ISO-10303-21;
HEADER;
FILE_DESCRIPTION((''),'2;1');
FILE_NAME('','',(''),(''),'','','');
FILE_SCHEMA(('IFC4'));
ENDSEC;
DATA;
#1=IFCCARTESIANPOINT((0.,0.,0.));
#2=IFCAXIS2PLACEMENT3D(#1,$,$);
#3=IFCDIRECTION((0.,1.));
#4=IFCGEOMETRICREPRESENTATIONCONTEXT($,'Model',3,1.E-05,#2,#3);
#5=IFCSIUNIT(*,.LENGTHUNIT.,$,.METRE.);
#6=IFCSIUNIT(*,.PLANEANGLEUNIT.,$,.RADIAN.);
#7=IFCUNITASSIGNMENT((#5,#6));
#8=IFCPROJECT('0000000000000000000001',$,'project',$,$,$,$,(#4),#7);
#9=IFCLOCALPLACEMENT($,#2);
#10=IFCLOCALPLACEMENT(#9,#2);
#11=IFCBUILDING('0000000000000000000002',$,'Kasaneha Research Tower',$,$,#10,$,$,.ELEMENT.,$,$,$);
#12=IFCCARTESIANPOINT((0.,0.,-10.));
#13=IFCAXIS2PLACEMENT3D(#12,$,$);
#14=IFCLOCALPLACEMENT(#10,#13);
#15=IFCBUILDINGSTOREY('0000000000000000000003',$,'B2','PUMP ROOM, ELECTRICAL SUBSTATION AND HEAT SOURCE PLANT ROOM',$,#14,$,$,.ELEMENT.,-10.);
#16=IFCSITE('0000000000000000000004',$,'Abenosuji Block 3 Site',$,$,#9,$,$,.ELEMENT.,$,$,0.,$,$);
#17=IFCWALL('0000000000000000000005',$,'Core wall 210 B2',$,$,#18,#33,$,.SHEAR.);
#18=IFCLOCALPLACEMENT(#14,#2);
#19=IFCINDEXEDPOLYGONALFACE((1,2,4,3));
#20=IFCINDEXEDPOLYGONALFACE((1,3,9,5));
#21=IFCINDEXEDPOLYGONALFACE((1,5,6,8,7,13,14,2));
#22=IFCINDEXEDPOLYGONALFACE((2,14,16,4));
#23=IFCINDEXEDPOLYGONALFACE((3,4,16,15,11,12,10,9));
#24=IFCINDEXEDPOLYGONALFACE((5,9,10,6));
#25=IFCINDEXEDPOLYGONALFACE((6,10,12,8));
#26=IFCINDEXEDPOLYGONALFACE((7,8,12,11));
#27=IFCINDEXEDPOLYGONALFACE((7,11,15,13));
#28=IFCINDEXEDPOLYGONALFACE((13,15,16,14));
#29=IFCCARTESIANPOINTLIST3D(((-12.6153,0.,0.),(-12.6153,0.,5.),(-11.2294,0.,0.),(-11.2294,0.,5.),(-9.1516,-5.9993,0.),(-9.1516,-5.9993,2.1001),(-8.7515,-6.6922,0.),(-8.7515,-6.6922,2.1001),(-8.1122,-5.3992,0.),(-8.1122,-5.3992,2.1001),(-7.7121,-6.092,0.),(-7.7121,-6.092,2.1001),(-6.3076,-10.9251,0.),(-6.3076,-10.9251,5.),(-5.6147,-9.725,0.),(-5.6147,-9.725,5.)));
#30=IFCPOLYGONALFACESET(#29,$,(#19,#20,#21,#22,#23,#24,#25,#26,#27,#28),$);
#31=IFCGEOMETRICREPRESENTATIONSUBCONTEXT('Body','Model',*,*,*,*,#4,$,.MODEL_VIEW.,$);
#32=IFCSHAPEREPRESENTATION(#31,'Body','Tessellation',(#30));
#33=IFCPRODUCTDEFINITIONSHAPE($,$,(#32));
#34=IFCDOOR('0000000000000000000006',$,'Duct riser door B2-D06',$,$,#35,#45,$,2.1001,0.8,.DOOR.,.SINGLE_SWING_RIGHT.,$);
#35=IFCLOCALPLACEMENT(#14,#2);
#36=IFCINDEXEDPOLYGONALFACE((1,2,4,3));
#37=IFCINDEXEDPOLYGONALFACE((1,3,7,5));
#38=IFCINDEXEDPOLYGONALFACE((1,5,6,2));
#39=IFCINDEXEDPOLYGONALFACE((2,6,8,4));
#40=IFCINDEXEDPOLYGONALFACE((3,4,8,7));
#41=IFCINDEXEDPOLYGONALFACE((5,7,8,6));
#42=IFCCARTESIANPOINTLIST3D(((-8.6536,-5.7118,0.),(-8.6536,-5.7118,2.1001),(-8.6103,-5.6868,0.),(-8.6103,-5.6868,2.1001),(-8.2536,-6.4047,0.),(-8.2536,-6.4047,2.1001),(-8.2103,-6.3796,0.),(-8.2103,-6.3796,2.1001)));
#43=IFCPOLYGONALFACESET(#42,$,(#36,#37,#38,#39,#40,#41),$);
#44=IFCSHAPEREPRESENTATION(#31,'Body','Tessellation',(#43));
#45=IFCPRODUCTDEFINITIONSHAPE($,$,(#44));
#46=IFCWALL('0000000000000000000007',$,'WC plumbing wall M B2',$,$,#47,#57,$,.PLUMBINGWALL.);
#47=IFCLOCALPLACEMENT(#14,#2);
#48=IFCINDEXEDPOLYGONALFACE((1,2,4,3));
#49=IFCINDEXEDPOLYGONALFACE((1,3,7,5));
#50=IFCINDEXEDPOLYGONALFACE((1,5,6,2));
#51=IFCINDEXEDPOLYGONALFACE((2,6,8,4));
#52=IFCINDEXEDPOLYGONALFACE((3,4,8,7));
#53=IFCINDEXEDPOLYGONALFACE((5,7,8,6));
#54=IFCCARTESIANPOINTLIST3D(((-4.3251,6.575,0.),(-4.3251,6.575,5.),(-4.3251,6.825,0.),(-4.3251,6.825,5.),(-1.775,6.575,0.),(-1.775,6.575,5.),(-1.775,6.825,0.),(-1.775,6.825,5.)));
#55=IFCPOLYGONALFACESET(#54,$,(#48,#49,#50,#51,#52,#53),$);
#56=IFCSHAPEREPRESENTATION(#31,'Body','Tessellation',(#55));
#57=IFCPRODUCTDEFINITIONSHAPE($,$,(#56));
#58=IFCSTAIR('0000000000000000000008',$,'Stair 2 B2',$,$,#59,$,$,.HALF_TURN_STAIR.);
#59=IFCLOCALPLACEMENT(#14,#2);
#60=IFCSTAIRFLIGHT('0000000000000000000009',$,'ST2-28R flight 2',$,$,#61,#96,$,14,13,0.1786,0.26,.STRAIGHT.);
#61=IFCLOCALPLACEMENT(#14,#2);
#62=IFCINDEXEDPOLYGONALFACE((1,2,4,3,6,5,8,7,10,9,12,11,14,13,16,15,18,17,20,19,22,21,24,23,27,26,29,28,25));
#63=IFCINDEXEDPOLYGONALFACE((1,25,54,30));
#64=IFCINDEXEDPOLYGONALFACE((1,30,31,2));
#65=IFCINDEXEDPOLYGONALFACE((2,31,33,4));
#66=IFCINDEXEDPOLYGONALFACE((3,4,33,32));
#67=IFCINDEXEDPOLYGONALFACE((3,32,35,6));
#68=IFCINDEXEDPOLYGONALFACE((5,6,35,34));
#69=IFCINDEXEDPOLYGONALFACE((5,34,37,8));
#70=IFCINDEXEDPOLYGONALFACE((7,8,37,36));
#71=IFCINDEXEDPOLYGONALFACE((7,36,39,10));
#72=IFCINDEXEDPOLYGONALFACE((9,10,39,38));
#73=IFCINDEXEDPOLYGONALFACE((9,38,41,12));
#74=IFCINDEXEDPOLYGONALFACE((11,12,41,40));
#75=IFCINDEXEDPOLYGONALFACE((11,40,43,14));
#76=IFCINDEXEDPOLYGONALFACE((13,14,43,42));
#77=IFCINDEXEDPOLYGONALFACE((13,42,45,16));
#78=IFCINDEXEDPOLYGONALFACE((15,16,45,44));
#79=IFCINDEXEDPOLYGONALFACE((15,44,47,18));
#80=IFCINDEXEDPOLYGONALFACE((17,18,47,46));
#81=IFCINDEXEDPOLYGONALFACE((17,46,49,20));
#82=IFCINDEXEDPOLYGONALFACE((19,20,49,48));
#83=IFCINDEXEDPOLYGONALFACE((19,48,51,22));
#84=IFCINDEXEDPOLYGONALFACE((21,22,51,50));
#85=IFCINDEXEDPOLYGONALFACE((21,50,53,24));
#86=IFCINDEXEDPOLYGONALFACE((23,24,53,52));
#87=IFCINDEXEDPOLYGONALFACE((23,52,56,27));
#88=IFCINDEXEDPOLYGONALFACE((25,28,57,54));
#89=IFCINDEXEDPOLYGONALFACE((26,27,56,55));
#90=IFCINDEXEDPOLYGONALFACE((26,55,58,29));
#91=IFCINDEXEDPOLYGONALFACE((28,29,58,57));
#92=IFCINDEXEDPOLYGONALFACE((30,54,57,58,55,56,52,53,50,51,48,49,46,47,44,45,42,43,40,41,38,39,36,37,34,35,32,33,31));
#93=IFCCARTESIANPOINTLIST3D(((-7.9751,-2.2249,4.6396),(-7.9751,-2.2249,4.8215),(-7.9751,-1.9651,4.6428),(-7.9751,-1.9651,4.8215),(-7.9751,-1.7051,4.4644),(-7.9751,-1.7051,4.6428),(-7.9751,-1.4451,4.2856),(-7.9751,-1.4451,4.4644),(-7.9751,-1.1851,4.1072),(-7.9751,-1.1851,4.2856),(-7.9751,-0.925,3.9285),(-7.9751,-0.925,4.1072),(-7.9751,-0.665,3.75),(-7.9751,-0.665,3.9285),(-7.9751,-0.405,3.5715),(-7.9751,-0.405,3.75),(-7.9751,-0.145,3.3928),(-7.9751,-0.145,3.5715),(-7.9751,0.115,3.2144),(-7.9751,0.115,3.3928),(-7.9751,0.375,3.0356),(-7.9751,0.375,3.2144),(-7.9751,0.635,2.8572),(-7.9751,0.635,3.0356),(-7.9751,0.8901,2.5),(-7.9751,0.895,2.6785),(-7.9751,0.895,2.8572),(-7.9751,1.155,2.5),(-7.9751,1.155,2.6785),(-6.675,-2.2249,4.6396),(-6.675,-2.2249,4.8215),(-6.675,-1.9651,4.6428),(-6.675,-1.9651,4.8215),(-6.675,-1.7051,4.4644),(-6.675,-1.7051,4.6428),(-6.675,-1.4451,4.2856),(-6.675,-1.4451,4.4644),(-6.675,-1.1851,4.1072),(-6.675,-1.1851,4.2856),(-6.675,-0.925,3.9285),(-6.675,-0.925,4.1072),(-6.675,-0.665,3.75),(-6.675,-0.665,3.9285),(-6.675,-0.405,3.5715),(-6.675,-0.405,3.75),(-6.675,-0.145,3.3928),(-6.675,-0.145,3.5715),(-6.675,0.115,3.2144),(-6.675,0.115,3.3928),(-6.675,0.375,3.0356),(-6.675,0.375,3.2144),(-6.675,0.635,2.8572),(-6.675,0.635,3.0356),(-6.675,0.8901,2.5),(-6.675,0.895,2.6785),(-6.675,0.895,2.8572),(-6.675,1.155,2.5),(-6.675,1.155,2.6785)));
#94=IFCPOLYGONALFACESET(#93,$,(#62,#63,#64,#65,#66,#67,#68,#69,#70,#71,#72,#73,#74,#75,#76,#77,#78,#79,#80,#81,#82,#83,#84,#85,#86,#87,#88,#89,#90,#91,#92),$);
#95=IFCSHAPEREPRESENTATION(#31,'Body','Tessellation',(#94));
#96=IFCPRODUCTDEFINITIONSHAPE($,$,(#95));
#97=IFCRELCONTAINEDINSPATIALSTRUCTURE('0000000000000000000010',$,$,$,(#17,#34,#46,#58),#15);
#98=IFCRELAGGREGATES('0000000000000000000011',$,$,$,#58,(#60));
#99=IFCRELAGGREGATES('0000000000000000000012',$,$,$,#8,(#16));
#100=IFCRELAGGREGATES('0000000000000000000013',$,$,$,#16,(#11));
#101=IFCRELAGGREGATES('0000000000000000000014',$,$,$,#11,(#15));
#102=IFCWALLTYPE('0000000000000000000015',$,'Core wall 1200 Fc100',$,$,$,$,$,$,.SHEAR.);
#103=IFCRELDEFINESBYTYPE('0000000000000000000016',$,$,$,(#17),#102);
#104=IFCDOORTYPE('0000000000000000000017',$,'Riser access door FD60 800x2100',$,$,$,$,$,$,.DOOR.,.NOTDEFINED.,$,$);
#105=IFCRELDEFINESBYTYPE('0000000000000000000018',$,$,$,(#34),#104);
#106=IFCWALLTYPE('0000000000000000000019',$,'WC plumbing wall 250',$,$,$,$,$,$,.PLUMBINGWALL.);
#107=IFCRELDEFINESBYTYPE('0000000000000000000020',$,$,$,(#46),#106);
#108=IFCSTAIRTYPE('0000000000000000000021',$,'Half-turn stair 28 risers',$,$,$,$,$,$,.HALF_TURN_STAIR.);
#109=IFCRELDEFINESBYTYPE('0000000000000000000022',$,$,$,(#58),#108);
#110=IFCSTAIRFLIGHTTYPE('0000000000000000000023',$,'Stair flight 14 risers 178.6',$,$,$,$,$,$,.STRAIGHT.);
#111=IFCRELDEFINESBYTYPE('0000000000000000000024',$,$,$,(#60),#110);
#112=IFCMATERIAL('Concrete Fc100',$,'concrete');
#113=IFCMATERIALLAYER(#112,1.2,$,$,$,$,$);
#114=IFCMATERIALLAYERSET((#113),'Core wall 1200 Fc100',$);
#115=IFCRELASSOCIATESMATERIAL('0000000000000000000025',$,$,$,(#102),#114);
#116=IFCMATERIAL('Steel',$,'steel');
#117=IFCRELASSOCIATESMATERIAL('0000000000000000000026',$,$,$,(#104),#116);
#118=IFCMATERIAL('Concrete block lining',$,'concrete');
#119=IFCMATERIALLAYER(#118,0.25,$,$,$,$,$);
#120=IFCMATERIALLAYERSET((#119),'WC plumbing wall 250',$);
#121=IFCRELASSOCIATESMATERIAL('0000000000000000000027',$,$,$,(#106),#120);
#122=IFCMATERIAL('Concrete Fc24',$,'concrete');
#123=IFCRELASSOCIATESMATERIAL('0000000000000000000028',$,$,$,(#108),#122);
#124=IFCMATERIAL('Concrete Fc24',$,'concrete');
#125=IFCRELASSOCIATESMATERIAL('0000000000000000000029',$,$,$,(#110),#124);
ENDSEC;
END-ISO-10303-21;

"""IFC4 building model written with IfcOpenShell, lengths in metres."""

from ifc_helpers import new_model, si_unit, direction, frame, frame_2d, origin, place, context, subcontext, project, spatial, polyline, rectangle, outline, extrude, material, layer, layer_set, type_object, element, fill, aggregate, save


model = new_model("IFC4")

# Units and contexts
model_context = context("Model", 3, precision=1e-05, world=origin(), true_north=direction((0.0, 1.0)))
body_context = subcontext(model_context, "Body", "Model", "MODEL_VIEW")
ifc_project = project(units=[si_unit("LENGTHUNIT", "METRE"), si_unit("PLANEANGLEUNIT", "RADIAN")], contexts=[model_context])

# Site, building, storey
site_placement = place(None, origin())
site = spatial("IfcSite", under=ifc_project, at=site_placement, Name="Abenosuji Block 3 Site", CompositionType="ELEMENT", RefElevation=0.0)
building_placement = place(site_placement, origin())
building = spatial("IfcBuilding", under=site, at=building_placement, Name="Kasaneha Research Tower", CompositionType="ELEMENT")
storey_placement = place(building_placement, frame((0.0, 0.0, -10.0)))
storey = spatial("IfcBuildingStorey", under=building, at=storey_placement, Name="B2", Description="PUMP ROOM, ELECTRICAL SUBSTATION AND HEAT SOURCE PLANT ROOM", CompositionType="ELEMENT", Elevation=-10.0)

# Wall, opening, door
ifc_material_1 = material(Name="Concrete Fc100", Category="concrete")
ifc_layer_1 = layer(ifc_material_1, 1.2)
ifc_layer_set_1 = layer_set([ifc_layer_1], Name="Core wall 1200 Fc100")
wall_type_1 = type_object("IfcWallType", Name="Core wall 1200 Fc100", PredefinedType="SHEAR", material=ifc_layer_set_1)
wall_1_placement = place(storey_placement, frame((-11.9224, 0.0, 0.0), z_axis=(0.0, 0.0, 1.0), x_axis=(0.500004, -0.866023, 0.0)))
wall_1 = element("IfcWall", 1, at=wall_1_placement, inside=storey, type_object=wall_type_1, Name="Core wall 210 B2", PredefinedType="SHEAR", context=body_context, shape_type="SweptSolid", body=[
    extrude(outline(polyline([(-0.3464, -0.6001), (6.5811, -0.6001), (7.3811, -0.6001), (12.2688, -0.6001), (11.5759, 0.6001), (7.3811, 0.6001), (6.5811, 0.6001), (0.3464, 0.6001), (-0.3464, -0.6001)])), origin(), (0.0, 0.0, 1.0), 5.0),
])
opening_1_placement = place(wall_1_placement, frame((6.5811, 0.0, 0.0)))
opening_1 = element("IfcOpeningElement", 2, at=opening_1_placement, cuts=wall_1, PredefinedType="OPENING", context=body_context, shape_type="SweptSolid", body=[
    extrude(rectangle(XDim=0.8, YDim=2.1001, at=frame_2d((0.3999, 1.05))), frame((0.0, 0.6099, 0.0), z_axis=(0.0, -1.0, 0.0), x_axis=(1.0, 0.0, 0.0)), (0.0, 0.0, 1.0), 1.22),
])
ifc_material_2 = material(Name="Steel", Category="steel")
door_type_1 = type_object("IfcDoorType", Name="Riser access door FD60 800x2100", OperationType="NOTDEFINED", PredefinedType="DOOR", material=ifc_material_2)
door_1_placement = place(opening_1_placement, origin())
door_1 = element("IfcDoor", 3, at=door_1_placement, inside=storey, type_object=door_type_1, Name="Duct riser door B2-D06", OperationType="SINGLE_SWING_RIGHT", OverallHeight=2.1001, OverallWidth=0.8, PredefinedType="DOOR", context=body_context, shape_type="SweptSolid", body=[
    extrude(rectangle(XDim=0.8, YDim=2.1001, at=frame_2d((0.3999, 1.05))), frame((0.0, 0.0249, 0.0), z_axis=(0.0, -1.0, 0.0), x_axis=(1.0, 0.0, 0.0)), (0.0, 0.0, 1.0), 0.05),
])
fill(opening_1, door_1)

# Wall
ifc_material_3 = material(Name="Concrete block lining", Category="concrete")
ifc_layer_2 = layer(ifc_material_3, 0.25)
ifc_layer_set_2 = layer_set([ifc_layer_2], Name="WC plumbing wall 250")
wall_type_2 = type_object("IfcWallType", Name="WC plumbing wall 250", PredefinedType="PLUMBINGWALL", material=ifc_layer_set_2)
wall_2_placement = place(storey_placement, frame((-4.325, 6.7, 0.0), z_axis=(0.0, 0.0, 1.0), x_axis=(1.0, 0.0, 0.0)))
element("IfcWall", 4, at=wall_2_placement, inside=storey, type_object=wall_type_2, Name="WC plumbing wall M B2", PredefinedType="PLUMBINGWALL", context=body_context, shape_type="SweptSolid", body=[
    extrude(rectangle(XDim=2.55, YDim=0.25, at=frame_2d((1.2749, 0.0))), origin(), (0.0, 0.0, 1.0), 5.0),
])

# Stair, stair flight
ifc_material_4 = material(Name="Concrete Fc24", Category="concrete")
stair_type = type_object("IfcStairType", Name="Half-turn stair 28 risers", PredefinedType="HALF_TURN_STAIR", material=ifc_material_4)
stair_placement = place(storey_placement, origin())
stair = element("IfcStair", 5, at=stair_placement, inside=storey, type_object=stair_type, Name="Stair 2 B2", PredefinedType="HALF_TURN_STAIR")
ifc_material_5 = material(Name="Concrete Fc24", Category="concrete")
stair_flight_type = type_object("IfcStairFlightType", Name="Stair flight 14 risers 178.6", PredefinedType="STRAIGHT", material=ifc_material_5)
stair_flight_placement = place(storey_placement, frame((-7.325, 1.155, 2.5), z_axis=(0.0, 0.0, 1.0), x_axis=(0.0, -1.0, 0.0)))
stair_flight = element("IfcStairFlight", 6, at=stair_flight_placement, type_object=stair_flight_type, Name="ST2-28R flight 2", NumberOfRisers=14, NumberOfTreads=13, PredefinedType="STRAIGHT", RiserHeight=0.1786, TreadLength=0.26, context=body_context, shape_type="SweptSolid", body=[
    extrude(outline(polyline([(0.0, 0.0), (0.0, 0.1785), (0.26, 0.1785), (0.26, 0.3572), (0.52, 0.3572), (0.52, 0.5356), (0.78, 0.5356), (0.78, 0.7144), (1.04, 0.7144), (1.04, 0.8928), (1.3, 0.8928), (1.3, 1.0715), (1.5601, 1.0715), (1.5601, 1.25), (1.8201, 1.25), (1.8201, 1.4285), (2.0801, 1.4285), (2.0801, 1.6072), (2.3401, 1.6072), (2.3401, 1.7856), (2.6001, 1.7856), (2.6001, 1.9644), (2.8601, 1.9644), (2.8601, 2.1428), (3.1201, 2.1428), (3.1201, 2.3215), (3.3799, 2.3215), (3.3799, 2.5), (3.3799, 2.1396), (0.2649, 0.0), (0.0, 0.0)])), frame((0.0, 0.6499, 0.0), z_axis=(0.0, -1.0, 0.0), x_axis=(1.0, 0.0, 0.0)), (0.0, 0.0, 1.0), 1.3),
])
aggregate(stair, [stair_flight])

save(model, "model.ifc")
